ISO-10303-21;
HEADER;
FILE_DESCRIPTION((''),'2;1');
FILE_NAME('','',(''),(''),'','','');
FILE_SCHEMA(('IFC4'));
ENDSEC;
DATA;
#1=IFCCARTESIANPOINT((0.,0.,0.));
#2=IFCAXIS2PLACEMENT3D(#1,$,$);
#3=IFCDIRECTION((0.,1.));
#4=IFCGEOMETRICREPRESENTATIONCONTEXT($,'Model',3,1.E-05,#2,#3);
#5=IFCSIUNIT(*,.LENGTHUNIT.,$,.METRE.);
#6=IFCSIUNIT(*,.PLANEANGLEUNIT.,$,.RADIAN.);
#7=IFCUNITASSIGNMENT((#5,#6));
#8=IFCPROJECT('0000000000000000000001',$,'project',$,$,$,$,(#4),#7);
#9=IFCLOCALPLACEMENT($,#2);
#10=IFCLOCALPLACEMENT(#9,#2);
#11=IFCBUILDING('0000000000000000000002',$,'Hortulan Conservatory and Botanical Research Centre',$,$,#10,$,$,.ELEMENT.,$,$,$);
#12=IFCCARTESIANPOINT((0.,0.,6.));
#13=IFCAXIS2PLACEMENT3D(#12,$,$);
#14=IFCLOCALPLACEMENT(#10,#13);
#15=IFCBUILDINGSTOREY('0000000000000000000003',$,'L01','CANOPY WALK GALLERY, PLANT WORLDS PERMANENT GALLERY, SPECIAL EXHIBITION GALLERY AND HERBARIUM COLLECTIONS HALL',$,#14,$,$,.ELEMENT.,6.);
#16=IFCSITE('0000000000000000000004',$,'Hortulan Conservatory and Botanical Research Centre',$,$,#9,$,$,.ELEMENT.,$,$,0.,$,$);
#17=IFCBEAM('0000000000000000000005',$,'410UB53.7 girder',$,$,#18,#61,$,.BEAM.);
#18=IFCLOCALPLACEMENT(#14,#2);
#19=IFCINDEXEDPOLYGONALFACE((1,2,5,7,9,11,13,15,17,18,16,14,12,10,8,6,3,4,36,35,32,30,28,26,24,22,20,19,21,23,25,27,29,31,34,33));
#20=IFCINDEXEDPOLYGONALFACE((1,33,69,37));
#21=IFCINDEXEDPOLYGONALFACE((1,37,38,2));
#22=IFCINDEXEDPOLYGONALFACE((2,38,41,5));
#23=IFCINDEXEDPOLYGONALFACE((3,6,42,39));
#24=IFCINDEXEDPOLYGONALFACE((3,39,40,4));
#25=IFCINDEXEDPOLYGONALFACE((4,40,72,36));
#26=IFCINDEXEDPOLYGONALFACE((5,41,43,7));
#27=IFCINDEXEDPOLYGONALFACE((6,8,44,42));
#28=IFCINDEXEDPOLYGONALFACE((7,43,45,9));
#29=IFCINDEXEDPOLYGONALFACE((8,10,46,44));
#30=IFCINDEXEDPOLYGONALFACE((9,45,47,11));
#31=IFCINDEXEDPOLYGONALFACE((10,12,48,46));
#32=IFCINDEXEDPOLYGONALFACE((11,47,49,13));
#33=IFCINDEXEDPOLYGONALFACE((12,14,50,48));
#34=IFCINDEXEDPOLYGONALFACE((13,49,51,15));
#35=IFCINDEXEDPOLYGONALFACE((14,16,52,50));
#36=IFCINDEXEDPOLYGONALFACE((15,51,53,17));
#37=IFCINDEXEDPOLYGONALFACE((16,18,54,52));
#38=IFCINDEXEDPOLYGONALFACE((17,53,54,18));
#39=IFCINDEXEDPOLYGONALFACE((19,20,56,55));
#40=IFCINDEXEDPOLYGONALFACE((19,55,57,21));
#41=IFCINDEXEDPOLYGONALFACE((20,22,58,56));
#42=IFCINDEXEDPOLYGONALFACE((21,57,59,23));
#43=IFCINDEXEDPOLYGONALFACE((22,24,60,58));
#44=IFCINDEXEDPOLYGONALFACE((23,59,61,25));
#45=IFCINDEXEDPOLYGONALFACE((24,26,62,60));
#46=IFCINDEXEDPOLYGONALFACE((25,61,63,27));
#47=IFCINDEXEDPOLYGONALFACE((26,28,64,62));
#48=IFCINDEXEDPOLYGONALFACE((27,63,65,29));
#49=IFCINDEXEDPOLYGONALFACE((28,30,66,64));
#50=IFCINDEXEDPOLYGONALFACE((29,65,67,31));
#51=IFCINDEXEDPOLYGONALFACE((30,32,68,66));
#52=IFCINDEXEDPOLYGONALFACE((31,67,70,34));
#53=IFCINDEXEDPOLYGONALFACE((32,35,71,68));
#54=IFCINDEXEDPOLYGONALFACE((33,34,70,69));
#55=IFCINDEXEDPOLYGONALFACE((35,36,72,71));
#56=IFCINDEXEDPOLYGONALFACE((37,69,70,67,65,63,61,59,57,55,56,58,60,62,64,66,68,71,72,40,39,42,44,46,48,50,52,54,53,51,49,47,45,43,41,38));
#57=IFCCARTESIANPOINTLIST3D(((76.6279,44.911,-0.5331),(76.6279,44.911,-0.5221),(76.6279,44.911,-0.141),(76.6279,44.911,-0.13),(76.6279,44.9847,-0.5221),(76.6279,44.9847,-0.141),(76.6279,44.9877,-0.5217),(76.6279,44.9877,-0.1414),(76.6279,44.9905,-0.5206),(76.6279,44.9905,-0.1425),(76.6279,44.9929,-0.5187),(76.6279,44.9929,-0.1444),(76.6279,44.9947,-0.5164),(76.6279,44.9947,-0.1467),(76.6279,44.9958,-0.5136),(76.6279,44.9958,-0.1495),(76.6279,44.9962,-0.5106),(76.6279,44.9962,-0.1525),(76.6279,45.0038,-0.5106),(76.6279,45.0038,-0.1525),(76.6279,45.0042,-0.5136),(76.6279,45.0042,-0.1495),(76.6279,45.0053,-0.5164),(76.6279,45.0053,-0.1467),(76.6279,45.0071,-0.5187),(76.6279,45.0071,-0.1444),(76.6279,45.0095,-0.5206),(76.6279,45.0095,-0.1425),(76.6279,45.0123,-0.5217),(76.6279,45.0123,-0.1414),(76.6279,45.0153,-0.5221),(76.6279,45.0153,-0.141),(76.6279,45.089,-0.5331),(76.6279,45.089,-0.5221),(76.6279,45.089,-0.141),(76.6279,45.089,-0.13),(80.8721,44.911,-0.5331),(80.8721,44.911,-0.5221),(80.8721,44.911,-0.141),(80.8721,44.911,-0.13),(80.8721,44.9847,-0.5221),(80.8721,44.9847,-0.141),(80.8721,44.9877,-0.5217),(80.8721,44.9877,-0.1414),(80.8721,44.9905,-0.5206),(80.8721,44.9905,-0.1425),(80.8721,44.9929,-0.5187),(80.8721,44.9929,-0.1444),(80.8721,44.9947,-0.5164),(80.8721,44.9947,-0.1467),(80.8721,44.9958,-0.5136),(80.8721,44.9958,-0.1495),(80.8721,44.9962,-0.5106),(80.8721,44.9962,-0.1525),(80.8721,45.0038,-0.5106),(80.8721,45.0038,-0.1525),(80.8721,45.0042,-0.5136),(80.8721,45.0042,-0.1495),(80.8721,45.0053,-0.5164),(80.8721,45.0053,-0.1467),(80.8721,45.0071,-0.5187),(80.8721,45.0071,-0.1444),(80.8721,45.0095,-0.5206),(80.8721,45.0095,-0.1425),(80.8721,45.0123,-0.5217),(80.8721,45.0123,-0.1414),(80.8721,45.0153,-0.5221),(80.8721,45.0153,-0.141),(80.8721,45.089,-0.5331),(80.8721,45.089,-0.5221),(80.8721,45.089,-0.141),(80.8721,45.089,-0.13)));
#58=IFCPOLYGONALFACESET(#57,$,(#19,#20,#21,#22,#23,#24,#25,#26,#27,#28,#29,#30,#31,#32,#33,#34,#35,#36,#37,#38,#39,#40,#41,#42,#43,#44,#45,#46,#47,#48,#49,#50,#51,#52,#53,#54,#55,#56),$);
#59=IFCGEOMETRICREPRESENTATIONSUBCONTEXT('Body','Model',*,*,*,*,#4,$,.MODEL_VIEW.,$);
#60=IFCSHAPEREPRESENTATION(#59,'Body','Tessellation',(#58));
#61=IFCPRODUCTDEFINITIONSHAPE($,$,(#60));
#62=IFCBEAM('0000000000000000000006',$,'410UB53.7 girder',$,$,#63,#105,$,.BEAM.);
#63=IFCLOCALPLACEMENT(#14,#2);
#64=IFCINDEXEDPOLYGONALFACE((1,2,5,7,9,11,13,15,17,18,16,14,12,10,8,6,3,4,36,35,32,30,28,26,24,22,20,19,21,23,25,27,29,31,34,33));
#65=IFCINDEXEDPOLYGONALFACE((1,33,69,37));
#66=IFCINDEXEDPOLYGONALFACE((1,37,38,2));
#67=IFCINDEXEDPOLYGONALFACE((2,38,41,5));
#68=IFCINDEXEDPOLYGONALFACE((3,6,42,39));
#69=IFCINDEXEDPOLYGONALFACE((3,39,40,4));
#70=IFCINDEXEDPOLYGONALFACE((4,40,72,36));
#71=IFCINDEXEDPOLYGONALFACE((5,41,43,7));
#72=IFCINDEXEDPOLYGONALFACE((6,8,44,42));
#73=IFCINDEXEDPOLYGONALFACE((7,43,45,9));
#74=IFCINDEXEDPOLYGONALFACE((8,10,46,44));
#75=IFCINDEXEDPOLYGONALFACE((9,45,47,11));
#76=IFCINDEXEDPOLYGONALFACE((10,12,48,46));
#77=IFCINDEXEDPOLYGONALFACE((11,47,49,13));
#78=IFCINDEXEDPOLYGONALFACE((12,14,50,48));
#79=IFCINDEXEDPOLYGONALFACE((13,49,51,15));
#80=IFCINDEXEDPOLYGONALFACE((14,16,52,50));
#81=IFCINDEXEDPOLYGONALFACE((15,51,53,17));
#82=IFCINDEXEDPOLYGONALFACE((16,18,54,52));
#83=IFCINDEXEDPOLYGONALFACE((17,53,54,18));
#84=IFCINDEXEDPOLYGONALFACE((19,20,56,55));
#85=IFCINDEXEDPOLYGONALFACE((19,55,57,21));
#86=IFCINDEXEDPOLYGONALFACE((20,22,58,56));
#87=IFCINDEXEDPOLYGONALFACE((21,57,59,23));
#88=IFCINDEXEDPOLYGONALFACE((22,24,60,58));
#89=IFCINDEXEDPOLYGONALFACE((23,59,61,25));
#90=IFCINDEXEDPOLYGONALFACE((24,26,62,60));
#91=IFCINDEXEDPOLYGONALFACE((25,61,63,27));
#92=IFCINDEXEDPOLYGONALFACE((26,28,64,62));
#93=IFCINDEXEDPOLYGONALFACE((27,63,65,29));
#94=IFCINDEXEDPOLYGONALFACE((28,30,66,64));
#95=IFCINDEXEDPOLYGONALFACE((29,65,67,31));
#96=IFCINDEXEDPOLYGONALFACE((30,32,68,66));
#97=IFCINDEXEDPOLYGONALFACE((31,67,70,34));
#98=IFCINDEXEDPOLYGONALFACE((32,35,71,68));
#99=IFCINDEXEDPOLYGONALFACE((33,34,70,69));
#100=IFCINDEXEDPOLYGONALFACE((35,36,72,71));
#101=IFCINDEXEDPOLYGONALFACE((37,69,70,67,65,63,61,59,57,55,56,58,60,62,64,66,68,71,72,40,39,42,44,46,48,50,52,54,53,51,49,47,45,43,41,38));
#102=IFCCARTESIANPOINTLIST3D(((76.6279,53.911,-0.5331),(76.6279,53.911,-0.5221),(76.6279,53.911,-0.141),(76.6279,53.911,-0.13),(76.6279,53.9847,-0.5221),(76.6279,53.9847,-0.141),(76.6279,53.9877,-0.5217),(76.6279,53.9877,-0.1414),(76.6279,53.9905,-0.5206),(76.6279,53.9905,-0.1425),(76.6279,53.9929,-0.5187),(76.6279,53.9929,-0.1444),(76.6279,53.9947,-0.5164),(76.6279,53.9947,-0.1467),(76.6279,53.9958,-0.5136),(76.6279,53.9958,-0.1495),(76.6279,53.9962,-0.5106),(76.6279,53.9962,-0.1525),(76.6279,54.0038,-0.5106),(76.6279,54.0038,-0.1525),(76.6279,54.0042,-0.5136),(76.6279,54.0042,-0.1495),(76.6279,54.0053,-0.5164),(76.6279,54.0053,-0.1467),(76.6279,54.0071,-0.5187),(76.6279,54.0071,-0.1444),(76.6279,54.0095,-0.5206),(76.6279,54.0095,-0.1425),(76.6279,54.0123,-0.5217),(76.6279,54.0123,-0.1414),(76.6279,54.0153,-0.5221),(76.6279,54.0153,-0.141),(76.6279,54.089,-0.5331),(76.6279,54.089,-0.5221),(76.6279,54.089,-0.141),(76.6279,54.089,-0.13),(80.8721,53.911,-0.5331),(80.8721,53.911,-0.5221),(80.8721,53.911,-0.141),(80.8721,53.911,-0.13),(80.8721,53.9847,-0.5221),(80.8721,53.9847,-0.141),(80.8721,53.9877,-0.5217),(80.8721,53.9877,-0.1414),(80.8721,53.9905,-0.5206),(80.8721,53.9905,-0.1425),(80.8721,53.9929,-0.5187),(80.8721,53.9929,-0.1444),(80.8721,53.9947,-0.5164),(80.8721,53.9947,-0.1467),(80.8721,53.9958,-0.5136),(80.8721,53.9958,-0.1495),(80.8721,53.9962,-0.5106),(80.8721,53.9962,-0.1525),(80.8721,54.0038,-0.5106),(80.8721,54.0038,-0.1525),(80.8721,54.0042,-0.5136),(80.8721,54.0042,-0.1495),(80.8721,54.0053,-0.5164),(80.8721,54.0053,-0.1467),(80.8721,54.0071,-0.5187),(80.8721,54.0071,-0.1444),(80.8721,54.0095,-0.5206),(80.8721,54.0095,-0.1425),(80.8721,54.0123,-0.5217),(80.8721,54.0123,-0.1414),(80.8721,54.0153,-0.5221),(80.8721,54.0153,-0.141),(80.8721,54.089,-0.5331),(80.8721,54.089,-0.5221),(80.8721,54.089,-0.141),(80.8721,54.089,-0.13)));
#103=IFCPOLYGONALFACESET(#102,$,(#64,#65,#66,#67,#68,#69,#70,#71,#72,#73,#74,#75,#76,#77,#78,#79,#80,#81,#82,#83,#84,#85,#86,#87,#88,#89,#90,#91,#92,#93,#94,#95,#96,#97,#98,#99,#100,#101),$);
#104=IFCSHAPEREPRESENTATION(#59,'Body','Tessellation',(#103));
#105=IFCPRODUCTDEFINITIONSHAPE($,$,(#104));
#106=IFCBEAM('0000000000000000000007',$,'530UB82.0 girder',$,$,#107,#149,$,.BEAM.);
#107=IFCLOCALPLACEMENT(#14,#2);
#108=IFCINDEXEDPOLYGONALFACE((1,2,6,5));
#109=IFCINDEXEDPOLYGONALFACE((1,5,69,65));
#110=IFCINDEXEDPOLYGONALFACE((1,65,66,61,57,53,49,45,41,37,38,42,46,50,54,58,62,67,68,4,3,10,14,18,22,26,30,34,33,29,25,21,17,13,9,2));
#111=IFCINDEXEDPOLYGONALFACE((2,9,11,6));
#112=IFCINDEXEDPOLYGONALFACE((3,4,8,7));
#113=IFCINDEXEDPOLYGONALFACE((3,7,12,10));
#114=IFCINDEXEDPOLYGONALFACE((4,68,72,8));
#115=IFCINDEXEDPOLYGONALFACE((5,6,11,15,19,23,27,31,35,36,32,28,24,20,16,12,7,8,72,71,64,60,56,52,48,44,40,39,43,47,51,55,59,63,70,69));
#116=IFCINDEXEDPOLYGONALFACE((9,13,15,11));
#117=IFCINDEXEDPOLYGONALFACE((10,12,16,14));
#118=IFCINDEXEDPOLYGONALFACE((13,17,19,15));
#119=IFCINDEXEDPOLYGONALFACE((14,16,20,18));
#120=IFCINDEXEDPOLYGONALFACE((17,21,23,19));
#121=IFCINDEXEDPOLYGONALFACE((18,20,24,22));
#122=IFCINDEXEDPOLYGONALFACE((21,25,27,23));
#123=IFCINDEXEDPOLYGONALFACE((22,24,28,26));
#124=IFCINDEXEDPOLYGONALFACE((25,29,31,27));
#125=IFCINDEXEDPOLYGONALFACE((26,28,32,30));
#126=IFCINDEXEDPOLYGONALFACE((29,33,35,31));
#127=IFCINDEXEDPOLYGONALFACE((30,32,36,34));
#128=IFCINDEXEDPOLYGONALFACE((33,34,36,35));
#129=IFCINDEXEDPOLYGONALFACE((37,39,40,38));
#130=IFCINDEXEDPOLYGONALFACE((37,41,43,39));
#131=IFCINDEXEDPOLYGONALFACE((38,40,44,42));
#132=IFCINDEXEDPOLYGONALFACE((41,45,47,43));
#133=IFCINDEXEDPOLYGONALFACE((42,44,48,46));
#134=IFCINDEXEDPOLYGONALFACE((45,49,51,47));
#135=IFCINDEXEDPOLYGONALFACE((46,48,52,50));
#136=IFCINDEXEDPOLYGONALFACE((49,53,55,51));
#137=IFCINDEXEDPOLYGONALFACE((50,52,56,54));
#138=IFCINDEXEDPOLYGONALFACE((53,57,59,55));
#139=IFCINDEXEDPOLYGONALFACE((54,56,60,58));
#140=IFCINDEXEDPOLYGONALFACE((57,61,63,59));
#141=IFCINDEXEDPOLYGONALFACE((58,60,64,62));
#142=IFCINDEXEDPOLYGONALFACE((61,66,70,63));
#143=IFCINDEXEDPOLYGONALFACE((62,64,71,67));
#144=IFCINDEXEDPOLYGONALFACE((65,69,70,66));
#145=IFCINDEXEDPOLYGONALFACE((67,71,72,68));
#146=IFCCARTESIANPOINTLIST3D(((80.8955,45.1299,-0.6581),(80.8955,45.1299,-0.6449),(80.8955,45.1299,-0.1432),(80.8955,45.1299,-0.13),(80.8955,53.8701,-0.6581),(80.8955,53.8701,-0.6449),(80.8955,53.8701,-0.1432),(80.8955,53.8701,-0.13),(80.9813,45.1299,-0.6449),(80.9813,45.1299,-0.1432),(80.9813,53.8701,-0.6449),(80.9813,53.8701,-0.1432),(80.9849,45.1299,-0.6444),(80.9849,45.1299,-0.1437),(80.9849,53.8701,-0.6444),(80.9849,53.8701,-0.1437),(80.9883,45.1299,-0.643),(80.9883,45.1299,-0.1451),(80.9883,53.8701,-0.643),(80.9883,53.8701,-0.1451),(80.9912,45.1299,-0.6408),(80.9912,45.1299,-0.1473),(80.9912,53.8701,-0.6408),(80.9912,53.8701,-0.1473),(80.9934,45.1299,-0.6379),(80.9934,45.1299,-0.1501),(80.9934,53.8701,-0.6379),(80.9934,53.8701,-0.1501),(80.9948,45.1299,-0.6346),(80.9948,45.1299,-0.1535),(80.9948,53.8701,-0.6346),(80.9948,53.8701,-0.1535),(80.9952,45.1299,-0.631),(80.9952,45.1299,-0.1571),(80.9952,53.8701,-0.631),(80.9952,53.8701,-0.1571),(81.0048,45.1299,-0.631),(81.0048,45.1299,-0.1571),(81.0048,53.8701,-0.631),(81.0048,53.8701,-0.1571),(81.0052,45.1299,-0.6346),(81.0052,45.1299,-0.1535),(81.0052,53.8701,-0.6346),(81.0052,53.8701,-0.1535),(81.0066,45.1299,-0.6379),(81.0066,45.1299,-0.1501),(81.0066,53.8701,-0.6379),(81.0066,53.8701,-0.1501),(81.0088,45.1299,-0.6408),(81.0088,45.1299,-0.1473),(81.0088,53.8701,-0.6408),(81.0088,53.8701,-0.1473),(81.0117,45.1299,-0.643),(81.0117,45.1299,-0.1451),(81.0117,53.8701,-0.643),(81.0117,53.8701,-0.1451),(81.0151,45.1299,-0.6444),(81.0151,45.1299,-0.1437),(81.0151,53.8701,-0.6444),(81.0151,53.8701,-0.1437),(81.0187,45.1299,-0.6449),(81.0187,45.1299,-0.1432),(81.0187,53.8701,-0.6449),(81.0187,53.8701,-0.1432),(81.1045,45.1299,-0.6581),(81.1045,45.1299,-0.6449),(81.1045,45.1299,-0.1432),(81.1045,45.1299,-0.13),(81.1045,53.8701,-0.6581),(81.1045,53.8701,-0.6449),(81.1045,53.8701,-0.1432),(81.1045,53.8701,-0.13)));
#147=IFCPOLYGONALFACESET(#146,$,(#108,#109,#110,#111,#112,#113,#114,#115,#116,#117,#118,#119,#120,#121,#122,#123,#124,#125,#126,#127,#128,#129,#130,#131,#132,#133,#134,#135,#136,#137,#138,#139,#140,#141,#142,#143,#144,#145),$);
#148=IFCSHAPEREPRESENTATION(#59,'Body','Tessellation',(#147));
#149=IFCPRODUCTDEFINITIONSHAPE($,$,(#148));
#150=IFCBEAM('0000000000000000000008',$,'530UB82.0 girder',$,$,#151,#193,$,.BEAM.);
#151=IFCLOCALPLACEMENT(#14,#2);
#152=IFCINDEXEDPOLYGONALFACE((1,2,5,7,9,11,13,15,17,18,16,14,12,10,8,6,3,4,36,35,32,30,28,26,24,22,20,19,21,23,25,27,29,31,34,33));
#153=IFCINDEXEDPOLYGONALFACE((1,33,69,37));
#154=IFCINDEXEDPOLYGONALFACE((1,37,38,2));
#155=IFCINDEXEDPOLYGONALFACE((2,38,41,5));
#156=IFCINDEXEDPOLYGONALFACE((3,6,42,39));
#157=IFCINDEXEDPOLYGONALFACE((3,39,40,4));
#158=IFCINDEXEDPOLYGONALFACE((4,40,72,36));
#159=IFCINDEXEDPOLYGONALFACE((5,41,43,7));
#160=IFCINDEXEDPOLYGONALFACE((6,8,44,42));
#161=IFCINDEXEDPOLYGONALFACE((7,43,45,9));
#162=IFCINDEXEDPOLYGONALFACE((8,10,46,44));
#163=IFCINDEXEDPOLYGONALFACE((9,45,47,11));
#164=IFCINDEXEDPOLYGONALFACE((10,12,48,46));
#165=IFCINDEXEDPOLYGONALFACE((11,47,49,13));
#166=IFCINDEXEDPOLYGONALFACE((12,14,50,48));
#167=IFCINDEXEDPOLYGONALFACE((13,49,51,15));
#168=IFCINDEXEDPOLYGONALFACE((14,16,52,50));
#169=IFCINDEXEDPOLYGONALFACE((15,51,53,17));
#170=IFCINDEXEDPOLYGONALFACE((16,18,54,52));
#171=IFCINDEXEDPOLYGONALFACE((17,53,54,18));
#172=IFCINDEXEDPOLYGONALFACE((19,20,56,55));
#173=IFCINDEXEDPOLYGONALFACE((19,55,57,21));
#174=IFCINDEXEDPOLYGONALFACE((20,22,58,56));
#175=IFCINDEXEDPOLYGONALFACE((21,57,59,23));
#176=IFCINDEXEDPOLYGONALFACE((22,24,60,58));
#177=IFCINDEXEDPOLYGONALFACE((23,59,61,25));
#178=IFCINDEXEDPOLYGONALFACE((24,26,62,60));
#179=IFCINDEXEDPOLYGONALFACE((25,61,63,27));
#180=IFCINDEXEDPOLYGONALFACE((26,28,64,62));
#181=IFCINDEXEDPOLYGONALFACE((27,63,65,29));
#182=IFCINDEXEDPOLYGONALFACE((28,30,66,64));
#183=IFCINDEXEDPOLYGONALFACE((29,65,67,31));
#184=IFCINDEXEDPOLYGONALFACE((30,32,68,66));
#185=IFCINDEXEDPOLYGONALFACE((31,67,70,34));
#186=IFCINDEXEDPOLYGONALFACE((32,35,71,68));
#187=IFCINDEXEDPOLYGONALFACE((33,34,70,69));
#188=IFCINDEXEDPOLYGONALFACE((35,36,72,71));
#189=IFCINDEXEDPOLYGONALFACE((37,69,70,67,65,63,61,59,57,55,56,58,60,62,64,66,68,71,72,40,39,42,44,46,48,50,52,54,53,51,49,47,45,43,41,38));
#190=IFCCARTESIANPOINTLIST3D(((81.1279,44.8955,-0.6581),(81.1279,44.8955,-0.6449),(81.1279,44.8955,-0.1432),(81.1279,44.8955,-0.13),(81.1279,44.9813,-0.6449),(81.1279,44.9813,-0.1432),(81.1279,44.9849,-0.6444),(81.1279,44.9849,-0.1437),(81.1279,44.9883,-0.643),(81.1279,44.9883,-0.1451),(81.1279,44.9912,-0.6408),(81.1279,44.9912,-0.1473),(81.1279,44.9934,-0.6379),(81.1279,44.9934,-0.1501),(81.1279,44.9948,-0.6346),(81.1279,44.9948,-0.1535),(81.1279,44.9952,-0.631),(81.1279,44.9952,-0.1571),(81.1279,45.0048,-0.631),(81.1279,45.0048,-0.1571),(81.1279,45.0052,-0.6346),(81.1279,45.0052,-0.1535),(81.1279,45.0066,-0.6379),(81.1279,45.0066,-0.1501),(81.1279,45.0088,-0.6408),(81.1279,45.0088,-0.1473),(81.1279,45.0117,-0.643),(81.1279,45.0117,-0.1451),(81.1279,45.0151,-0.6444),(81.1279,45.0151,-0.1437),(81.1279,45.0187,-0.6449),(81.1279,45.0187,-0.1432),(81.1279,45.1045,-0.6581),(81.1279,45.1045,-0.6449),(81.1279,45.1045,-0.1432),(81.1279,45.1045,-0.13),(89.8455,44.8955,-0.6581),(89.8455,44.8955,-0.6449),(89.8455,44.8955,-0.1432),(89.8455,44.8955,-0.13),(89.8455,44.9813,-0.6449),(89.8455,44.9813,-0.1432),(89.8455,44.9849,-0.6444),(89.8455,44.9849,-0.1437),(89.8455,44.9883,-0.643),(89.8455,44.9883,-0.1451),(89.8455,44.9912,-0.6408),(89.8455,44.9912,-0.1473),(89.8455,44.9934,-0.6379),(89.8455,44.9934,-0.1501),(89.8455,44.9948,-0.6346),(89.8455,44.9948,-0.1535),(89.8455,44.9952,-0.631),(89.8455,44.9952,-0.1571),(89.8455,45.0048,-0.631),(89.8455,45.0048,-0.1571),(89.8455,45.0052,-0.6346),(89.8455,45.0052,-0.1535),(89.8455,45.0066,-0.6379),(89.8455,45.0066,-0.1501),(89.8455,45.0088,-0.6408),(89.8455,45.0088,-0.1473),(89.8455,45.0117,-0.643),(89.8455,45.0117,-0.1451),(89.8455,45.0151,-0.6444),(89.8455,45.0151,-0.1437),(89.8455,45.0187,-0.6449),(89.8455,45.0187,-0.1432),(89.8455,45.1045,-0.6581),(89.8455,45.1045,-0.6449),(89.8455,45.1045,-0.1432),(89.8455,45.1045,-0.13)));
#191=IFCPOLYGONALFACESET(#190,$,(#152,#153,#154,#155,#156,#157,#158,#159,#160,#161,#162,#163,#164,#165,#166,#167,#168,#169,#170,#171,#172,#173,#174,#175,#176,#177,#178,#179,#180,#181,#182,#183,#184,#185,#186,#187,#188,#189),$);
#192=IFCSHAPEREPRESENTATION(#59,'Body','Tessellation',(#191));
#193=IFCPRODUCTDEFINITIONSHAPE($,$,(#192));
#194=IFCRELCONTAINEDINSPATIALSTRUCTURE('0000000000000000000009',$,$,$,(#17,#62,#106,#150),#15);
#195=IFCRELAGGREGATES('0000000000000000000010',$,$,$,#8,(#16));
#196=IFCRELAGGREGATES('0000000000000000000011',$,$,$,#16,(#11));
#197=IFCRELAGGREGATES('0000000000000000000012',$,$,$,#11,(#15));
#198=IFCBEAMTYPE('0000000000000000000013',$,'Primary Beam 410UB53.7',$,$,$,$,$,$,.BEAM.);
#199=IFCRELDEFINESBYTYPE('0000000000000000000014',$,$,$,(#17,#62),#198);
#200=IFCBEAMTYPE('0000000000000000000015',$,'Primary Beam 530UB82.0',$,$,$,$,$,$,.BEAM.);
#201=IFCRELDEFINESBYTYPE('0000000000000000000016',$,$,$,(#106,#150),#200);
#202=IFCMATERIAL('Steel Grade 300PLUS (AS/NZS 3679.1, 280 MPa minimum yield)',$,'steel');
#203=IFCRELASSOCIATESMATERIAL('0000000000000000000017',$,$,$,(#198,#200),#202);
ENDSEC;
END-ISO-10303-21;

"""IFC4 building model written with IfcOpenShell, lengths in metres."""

from ifc_helpers import new_model, si_unit, direction, frame, origin, origin_2d, place, context, subcontext, project, spatial, i_section, extrude, material, material_profile, profile_set, type_object, element, save


model = new_model("IFC4")

# Units and contexts
model_context = context("Model", 3, precision=1e-05, world=origin(), true_north=direction((0.0, 1.0)))
body_context = subcontext(model_context, "Body", "Model", "MODEL_VIEW")
ifc_project = project(units=[si_unit("LENGTHUNIT", "METRE"), si_unit("PLANEANGLEUNIT", "RADIAN")], contexts=[model_context])

# Site, building, storey
site_placement = place(None, origin())
site = spatial("IfcSite", under=ifc_project, at=site_placement, Name="Hortulan Conservatory and Botanical Research Centre", CompositionType="ELEMENT", RefElevation=0.0)
building_placement = place(site_placement, origin())
building = spatial("IfcBuilding", under=site, at=building_placement, Name="Hortulan Conservatory and Botanical Research Centre", CompositionType="ELEMENT")
storey_placement = place(building_placement, frame((0.0, 0.0, 6.0)))
storey = spatial("IfcBuildingStorey", under=building, at=storey_placement, Name="L01", Description="CANOPY WALK GALLERY, PLANT WORLDS PERMANENT GALLERY, SPECIAL EXHIBITION GALLERY AND HERBARIUM COLLECTIONS HALL", CompositionType="ELEMENT", Elevation=6.0)

# Shared definitions
ifc_material_1 = material(Name="Steel Grade 300PLUS (AS/NZS 3679.1, 280 MPa minimum yield)", Category="steel")

# Beams
ifc_material_profile_1 = material_profile(ifc_material_1, i_section(OverallWidth=0.178, OverallDepth=0.4031, WebThickness=0.0076, FlangeThickness=0.011, FilletRadius=0.0115, at=origin_2d()), Name="410UB53.7")
ifc_profile_set_1 = profile_set([ifc_material_profile_1], Name="Steel Grade 300PLUS (AS/NZS 3679.1, 280 MPa minimum yield)")
beam_type_1 = type_object("IfcBeamType", Name="Primary Beam 410UB53.7", PredefinedType="BEAM", material=ifc_profile_set_1)
for number, where, z_axis, x_axis, name in (
    (1, (76.6279, 45.0, -0.3315), (1.0, 0.0, 0.0), (0.0, 1.0, 0.0), "410UB53.7 girder"),
    (2, (76.6279, 54.0, -0.3315), (1.0, 0.0, 0.0), (0.0, 1.0, 0.0), "410UB53.7 girder"),
):
    element("IfcBeam", number, at=place(storey_placement, frame(where, z_axis=z_axis, x_axis=x_axis)), inside=storey, type_object=beam_type_1, Name=name, PredefinedType="BEAM", context=body_context, shape_type="SweptSolid", body=[
        extrude(i_section(OverallWidth=0.178, OverallDepth=0.4031, WebThickness=0.0076, FlangeThickness=0.011, FilletRadius=0.0115, at=origin_2d()), origin(), (0.0, 0.0, 1.0), 4.2441),
    ])
ifc_material_profile_2 = material_profile(ifc_material_1, i_section(OverallWidth=0.209, OverallDepth=0.5281, WebThickness=0.0095, FlangeThickness=0.0132, FilletRadius=0.0139, at=origin_2d()), Name="530UB82.0")
ifc_profile_set_2 = profile_set([ifc_material_profile_2], Name="Steel Grade 300PLUS (AS/NZS 3679.1, 280 MPa minimum yield)")
beam_type_2 = type_object("IfcBeamType", Name="Primary Beam 530UB82.0", PredefinedType="BEAM", material=ifc_profile_set_2)
beam_1_placement = place(storey_placement, frame((81.0, 45.1299, -0.394), z_axis=(0.0, 1.0, 0.0), x_axis=(-1.0, 0.0, 0.0)))
element("IfcBeam", 3, at=beam_1_placement, inside=storey, type_object=beam_type_2, Name="530UB82.0 girder", PredefinedType="BEAM", context=body_context, shape_type="SweptSolid", body=[
    extrude(i_section(OverallWidth=0.209, OverallDepth=0.5281, WebThickness=0.0095, FlangeThickness=0.0132, FilletRadius=0.0139, at=origin_2d()), origin(), (0.0, 0.0, 1.0), 8.7402),
])
beam_2_placement = place(storey_placement, frame((81.1279, 45.0, -0.394), z_axis=(1.0, 0.0, 0.0), x_axis=(0.0, 1.0, 0.0)))
element("IfcBeam", 4, at=beam_2_placement, inside=storey, type_object=beam_type_2, Name="530UB82.0 girder", PredefinedType="BEAM", context=body_context, shape_type="SweptSolid", body=[
    extrude(i_section(OverallWidth=0.209, OverallDepth=0.5281, WebThickness=0.0095, FlangeThickness=0.0132, FilletRadius=0.0139, at=origin_2d()), origin(), (0.0, 0.0, 1.0), 8.7175),
])

save(model, "model.ifc")
